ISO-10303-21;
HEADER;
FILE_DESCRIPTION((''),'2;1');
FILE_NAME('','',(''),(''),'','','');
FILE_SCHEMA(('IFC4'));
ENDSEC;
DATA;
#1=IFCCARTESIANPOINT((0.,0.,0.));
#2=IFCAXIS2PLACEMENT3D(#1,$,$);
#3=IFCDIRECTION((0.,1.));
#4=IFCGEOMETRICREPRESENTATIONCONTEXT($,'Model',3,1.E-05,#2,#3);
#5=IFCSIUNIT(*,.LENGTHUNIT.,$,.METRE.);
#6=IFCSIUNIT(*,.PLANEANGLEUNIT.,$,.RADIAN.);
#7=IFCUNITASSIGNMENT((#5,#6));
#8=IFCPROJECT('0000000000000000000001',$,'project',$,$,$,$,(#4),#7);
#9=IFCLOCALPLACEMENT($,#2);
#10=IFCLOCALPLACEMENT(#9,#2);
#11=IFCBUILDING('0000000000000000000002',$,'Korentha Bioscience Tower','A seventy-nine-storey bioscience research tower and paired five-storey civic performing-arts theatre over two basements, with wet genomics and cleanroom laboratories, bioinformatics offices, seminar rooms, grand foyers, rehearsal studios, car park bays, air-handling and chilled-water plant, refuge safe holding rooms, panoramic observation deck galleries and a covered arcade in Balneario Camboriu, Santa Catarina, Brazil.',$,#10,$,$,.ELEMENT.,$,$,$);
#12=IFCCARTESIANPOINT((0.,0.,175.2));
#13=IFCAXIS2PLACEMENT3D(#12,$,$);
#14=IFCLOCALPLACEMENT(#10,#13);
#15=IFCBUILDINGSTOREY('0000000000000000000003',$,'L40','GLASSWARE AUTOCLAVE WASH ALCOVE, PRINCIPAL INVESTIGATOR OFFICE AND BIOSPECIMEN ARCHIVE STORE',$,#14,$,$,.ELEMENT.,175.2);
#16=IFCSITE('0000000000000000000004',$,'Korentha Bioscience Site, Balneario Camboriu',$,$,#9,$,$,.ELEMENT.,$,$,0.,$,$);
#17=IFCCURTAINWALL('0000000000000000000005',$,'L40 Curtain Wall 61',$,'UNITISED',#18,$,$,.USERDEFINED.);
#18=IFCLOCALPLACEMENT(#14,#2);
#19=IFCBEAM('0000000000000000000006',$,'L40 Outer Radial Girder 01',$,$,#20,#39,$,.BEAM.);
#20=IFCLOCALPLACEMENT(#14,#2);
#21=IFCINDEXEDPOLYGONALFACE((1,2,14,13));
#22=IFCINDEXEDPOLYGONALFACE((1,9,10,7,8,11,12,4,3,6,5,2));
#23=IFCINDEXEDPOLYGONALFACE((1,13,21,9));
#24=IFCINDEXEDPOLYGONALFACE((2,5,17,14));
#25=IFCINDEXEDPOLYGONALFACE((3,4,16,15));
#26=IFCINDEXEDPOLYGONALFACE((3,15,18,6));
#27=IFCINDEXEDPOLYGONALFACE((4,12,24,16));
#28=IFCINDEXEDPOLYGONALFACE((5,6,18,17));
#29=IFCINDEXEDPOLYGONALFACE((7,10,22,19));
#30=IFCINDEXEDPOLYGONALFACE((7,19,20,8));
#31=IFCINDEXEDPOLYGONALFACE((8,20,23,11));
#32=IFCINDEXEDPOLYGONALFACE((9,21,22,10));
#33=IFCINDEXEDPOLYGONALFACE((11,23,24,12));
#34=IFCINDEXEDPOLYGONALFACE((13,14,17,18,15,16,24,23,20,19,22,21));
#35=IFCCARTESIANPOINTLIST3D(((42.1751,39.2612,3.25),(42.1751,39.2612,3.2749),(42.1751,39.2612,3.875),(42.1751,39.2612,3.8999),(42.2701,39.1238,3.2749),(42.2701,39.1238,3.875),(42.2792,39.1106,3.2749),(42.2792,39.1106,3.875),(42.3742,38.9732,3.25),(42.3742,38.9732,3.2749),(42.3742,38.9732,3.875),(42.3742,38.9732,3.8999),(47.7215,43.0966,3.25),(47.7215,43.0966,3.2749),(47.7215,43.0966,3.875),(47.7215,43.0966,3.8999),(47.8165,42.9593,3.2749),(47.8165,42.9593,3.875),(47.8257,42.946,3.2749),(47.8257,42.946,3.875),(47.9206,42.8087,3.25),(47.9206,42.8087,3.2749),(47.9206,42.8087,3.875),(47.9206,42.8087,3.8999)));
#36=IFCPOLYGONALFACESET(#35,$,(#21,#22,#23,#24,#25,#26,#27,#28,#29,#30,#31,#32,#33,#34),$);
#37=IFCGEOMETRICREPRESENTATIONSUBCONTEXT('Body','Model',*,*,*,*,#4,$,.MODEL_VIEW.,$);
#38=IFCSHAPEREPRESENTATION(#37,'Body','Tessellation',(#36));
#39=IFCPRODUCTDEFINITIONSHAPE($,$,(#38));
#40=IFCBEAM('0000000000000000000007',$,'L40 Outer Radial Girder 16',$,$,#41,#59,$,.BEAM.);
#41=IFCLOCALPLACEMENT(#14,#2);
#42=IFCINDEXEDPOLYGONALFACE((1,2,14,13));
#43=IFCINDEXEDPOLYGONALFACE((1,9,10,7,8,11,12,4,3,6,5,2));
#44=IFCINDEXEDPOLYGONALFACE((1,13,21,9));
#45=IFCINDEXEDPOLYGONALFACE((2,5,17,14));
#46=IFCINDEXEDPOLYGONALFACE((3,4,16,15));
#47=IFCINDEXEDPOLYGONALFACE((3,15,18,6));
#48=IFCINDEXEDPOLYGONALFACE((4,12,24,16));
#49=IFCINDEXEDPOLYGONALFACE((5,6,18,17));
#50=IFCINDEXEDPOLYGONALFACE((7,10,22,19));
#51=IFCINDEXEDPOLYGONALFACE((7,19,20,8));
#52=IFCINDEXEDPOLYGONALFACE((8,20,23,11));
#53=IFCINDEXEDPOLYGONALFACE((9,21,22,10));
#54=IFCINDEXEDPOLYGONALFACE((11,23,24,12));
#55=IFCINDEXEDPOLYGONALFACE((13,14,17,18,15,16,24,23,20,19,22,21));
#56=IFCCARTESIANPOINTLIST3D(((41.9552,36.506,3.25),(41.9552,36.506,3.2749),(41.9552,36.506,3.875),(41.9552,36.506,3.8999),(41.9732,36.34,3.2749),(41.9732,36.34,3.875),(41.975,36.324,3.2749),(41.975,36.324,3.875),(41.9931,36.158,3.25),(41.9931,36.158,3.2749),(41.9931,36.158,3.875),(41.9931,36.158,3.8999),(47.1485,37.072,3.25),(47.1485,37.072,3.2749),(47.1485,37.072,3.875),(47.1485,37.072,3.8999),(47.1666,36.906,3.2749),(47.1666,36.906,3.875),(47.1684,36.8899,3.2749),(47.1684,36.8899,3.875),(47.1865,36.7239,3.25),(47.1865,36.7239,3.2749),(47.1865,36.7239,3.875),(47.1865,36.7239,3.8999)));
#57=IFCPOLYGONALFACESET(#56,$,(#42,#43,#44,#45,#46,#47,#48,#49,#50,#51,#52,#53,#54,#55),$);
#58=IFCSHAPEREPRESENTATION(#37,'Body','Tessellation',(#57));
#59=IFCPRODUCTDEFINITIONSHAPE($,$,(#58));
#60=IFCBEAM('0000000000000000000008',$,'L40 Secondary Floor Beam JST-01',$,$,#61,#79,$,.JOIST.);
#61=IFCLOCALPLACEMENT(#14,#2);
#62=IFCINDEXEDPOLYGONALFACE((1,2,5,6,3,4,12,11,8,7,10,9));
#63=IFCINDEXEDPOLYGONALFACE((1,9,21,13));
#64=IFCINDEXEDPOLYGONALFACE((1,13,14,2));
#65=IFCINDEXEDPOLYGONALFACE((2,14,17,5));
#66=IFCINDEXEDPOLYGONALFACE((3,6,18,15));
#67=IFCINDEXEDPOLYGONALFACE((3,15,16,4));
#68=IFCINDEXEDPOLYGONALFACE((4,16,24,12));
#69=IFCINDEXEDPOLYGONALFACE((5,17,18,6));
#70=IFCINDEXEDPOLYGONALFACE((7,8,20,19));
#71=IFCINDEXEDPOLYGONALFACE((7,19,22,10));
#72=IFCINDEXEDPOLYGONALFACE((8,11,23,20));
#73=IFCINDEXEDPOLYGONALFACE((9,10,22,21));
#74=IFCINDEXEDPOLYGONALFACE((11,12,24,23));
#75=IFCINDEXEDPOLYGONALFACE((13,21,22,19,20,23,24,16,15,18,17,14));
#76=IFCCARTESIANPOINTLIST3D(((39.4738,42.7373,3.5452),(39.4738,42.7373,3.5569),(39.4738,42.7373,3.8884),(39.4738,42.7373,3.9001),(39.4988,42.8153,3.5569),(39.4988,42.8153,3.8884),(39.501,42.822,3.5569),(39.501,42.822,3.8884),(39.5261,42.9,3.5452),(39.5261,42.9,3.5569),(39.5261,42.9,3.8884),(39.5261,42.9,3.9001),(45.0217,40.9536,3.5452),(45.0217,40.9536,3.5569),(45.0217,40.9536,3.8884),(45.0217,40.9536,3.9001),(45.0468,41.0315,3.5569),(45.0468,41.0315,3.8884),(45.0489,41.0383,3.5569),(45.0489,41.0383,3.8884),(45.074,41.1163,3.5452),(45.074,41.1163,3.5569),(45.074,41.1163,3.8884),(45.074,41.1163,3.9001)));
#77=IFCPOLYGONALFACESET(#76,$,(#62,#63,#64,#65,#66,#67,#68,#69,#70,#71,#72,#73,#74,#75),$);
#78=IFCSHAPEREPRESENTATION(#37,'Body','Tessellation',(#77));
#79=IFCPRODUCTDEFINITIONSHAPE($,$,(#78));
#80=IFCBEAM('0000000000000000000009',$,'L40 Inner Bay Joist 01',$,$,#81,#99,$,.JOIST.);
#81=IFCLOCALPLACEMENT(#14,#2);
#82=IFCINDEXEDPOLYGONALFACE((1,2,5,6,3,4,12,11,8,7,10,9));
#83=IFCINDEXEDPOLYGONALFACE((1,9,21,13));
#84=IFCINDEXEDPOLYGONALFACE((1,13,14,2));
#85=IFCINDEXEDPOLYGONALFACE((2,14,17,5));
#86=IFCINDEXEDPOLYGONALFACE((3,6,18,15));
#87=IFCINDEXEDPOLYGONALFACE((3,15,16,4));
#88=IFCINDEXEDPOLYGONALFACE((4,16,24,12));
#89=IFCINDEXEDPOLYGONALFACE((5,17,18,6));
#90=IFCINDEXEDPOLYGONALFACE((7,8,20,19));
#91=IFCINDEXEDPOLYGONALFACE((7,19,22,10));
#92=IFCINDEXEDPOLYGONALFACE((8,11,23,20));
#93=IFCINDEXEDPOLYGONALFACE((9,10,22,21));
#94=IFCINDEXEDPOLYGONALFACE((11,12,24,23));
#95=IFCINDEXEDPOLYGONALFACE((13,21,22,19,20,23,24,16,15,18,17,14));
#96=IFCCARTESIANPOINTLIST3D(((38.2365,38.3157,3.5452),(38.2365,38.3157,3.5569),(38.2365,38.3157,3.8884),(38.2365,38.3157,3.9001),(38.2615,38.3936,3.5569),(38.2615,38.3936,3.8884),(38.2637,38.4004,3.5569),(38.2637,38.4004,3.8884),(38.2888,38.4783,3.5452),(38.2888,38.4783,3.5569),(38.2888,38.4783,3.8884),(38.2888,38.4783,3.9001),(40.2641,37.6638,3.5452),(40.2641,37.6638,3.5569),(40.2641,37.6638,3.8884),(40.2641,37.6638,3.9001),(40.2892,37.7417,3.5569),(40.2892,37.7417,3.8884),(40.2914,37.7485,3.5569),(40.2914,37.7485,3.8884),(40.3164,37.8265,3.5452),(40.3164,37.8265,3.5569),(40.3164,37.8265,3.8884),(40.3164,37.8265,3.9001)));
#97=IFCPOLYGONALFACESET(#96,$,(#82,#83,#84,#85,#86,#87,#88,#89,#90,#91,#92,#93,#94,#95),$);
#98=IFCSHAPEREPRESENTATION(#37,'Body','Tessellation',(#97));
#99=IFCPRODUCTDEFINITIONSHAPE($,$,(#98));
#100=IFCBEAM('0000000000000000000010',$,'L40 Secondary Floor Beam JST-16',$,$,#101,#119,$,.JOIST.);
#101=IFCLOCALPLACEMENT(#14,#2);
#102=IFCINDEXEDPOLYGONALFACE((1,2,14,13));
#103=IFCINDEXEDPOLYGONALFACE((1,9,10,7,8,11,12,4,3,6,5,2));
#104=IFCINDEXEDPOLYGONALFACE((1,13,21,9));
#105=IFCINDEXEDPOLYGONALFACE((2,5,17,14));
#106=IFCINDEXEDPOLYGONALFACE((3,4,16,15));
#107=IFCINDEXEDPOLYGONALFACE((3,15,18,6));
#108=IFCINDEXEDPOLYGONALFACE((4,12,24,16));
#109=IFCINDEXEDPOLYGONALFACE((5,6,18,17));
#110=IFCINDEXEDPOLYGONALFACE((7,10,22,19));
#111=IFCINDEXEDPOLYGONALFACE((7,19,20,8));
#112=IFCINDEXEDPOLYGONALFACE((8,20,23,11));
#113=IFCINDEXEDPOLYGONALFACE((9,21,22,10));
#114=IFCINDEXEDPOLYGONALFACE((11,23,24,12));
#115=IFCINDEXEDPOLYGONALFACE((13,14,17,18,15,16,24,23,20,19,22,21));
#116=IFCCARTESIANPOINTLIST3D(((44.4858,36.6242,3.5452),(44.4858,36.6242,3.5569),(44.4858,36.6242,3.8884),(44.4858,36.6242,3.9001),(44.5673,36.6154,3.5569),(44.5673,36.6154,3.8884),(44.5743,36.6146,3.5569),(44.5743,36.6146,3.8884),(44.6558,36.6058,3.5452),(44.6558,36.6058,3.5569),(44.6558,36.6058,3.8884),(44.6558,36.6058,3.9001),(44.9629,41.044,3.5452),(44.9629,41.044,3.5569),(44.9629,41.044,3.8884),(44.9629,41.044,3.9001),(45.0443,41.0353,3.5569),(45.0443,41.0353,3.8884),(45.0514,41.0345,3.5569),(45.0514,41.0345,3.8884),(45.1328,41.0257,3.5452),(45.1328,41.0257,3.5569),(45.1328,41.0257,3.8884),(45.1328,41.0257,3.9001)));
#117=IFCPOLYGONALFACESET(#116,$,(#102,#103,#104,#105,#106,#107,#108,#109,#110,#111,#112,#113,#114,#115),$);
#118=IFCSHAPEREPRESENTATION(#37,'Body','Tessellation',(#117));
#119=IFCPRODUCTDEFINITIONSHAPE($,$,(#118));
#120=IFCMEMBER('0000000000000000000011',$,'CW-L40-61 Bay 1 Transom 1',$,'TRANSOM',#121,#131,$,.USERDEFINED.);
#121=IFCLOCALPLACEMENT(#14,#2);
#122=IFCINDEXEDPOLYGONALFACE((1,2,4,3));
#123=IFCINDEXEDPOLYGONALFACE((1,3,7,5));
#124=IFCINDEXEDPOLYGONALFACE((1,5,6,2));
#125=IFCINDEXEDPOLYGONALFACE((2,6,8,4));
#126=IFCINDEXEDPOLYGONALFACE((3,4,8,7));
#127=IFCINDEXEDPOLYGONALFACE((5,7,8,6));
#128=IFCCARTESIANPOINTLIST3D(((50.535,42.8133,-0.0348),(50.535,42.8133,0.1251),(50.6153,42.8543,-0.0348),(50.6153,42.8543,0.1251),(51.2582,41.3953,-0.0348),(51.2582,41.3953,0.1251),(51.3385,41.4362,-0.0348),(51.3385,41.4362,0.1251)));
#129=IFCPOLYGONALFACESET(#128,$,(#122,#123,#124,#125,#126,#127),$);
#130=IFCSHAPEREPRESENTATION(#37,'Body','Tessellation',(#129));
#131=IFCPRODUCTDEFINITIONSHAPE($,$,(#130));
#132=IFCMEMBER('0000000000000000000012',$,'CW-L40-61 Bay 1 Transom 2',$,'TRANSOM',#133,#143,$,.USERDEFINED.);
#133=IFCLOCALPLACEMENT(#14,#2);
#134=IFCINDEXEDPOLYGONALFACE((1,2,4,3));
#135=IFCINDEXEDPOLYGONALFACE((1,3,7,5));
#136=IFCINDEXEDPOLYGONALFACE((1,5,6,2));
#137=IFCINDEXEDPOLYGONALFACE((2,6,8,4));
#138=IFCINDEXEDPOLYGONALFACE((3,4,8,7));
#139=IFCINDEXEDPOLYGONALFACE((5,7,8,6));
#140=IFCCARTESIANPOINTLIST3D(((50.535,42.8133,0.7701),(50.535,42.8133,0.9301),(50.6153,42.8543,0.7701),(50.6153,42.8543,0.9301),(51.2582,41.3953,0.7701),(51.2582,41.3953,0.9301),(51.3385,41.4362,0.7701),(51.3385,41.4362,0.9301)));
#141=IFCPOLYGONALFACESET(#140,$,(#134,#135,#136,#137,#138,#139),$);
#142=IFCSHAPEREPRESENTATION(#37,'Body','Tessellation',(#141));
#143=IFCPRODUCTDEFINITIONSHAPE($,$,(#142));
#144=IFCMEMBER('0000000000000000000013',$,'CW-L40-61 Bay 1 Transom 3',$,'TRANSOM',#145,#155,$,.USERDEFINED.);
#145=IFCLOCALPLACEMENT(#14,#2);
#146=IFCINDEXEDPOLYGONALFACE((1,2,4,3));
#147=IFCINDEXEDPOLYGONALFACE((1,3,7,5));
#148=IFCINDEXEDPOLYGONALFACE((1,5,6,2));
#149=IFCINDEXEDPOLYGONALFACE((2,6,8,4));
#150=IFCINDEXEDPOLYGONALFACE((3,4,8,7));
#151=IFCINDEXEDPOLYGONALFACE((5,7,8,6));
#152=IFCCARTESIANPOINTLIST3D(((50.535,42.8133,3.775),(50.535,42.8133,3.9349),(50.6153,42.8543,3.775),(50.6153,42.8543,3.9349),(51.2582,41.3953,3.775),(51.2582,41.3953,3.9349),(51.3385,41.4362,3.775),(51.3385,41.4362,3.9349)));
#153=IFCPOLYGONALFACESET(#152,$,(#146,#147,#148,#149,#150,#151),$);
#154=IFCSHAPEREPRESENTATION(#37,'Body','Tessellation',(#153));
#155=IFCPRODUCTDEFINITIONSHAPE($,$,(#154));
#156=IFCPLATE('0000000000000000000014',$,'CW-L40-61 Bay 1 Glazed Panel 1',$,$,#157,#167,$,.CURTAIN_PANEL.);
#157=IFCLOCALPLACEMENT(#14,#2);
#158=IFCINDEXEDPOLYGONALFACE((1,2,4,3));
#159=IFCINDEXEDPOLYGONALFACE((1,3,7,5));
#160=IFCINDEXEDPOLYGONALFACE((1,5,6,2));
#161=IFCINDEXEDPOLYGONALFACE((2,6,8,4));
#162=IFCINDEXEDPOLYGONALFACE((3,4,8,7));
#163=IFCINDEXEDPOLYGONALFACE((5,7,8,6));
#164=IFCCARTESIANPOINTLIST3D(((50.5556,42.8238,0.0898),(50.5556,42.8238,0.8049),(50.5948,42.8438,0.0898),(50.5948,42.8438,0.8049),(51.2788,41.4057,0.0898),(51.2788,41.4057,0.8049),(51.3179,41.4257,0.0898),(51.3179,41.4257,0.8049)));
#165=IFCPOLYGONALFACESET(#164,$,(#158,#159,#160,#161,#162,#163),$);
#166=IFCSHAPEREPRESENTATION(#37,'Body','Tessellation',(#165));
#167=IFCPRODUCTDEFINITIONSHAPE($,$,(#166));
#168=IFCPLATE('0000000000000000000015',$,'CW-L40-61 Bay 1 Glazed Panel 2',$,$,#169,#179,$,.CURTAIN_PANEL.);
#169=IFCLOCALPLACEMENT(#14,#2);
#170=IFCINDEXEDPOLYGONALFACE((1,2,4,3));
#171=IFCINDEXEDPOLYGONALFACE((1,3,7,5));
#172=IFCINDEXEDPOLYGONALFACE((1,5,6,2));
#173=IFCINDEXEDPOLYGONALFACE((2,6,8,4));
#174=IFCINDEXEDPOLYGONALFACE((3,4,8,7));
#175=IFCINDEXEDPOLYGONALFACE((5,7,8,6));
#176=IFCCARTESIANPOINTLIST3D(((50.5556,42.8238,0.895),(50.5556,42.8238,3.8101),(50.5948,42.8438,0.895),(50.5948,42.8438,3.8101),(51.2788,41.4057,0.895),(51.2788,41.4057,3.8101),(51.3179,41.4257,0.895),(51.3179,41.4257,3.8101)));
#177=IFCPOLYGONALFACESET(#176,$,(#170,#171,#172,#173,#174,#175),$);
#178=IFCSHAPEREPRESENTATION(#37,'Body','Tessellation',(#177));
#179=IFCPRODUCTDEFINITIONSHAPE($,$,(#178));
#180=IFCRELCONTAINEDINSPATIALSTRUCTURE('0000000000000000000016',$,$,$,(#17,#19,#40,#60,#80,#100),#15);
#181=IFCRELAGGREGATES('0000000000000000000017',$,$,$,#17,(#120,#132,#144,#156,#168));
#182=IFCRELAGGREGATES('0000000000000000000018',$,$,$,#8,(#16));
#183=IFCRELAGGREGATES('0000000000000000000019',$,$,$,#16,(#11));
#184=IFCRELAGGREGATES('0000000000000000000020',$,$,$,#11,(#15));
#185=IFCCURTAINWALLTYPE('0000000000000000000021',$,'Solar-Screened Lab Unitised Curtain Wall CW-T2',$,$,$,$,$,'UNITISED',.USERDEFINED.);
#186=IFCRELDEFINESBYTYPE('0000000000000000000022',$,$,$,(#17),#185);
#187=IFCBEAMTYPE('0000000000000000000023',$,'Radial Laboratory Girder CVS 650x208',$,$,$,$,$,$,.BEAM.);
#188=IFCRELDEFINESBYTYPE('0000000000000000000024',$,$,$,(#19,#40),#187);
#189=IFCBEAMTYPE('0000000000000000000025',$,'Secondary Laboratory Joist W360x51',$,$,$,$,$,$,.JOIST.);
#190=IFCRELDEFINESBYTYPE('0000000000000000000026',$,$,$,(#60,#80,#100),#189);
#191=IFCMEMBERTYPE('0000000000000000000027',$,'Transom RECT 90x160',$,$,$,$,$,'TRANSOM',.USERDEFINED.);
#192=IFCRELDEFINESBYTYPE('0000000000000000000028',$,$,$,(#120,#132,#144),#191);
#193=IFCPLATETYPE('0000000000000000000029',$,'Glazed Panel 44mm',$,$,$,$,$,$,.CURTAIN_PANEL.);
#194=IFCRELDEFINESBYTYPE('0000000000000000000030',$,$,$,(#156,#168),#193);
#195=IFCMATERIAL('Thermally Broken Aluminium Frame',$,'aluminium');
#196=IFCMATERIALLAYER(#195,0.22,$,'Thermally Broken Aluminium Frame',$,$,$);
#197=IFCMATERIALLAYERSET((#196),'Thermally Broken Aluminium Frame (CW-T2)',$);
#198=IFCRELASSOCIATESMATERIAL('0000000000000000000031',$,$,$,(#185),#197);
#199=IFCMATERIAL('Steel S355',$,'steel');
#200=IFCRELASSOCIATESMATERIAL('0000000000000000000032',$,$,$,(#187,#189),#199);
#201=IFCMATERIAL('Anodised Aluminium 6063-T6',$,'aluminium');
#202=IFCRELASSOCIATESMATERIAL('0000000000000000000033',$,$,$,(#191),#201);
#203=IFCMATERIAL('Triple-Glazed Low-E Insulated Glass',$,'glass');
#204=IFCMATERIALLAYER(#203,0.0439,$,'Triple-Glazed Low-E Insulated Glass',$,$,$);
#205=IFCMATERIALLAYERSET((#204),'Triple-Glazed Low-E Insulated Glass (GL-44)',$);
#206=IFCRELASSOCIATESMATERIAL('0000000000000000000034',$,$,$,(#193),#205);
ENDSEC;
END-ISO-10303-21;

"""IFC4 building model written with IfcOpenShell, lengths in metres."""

from ifc_helpers import new_model, si_unit, direction, frame, origin, origin_2d, place, context, subcontext, project, spatial, rectangle, i_section, extrude, material, layer, layer_set, material_profile, profile_set, type_object, element, aggregate, save


model = new_model("IFC4")

# Units and contexts
model_context = context("Model", 3, precision=1e-05, world=origin(), true_north=direction((0.0, 1.0)))
body_context = subcontext(model_context, "Body", "Model", "MODEL_VIEW")
ifc_project = project(units=[si_unit("LENGTHUNIT", "METRE"), si_unit("PLANEANGLEUNIT", "RADIAN")], contexts=[model_context])

# Site, building, storey
site_placement = place(None, origin())
site = spatial("IfcSite", under=ifc_project, at=site_placement, Name="Korentha Bioscience Site, Balneario Camboriu", CompositionType="ELEMENT", RefElevation=0.0)
building_placement = place(site_placement, origin())
building = spatial("IfcBuilding", under=site, at=building_placement, Name="Korentha Bioscience Tower", Description="A seventy-nine-storey bioscience research tower and paired five-storey civic performing-arts theatre over two basements, with wet genomics and cleanroom laboratories, bioinformatics offices, seminar rooms, grand foyers, rehearsal studios, car park bays, air-handling and chilled-water plant, refuge safe holding rooms, panoramic observation deck galleries and a covered arcade in Balneario Camboriu, Santa Catarina, Brazil.", CompositionType="ELEMENT")
storey_placement = place(building_placement, frame((0.0, 0.0, 175.2)))
storey = spatial("IfcBuildingStorey", under=building, at=storey_placement, Name="L40", Description="GLASSWARE AUTOCLAVE WASH ALCOVE, PRINCIPAL INVESTIGATOR OFFICE AND BIOSPECIMEN ARCHIVE STORE", CompositionType="ELEMENT", Elevation=175.2)

# Shared definitions
ifc_material_1 = material(Name="Steel S355", Category="steel")

# Curtain wall
ifc_material_2 = material(Name="Thermally Broken Aluminium Frame", Category="aluminium")
ifc_layer_1 = layer(ifc_material_2, 0.22, Name="Thermally Broken Aluminium Frame")
ifc_layer_set_1 = layer_set([ifc_layer_1], Name="Thermally Broken Aluminium Frame (CW-T2)")
curtain_wall_type = type_object("IfcCurtainWallType", Name="Solar-Screened Lab Unitised Curtain Wall CW-T2", ElementType="UNITISED", PredefinedType="USERDEFINED", material=ifc_layer_set_1)
curtain_wall_placement = place(storey_placement, origin())
curtain_wall = element("IfcCurtainWall", 1, at=curtain_wall_placement, inside=storey, type_object=curtain_wall_type, Name="L40 Curtain Wall 61", ObjectType="UNITISED", PredefinedType="USERDEFINED")
ifc_material_3 = material(Name="Anodised Aluminium 6063-T6", Category="aluminium")

# Beams
ifc_material_profile_1 = material_profile(ifc_material_1, i_section(OverallWidth=0.3501, OverallDepth=0.6499, WebThickness=0.0161, FlangeThickness=0.0249, at=origin_2d()), Name="Steel S355")
ifc_profile_set_1 = profile_set([ifc_material_profile_1], Name="Steel S355 (RB-650)")
beam_type_1 = type_object("IfcBeamType", Name="Radial Laboratory Girder CVS 650x208", PredefinedType="BEAM", material=ifc_profile_set_1)
beam_1_placement = place(storey_placement, frame((42.2747, 39.1172, 3.575), z_axis=(0.822494, 0.568773, 0.0), x_axis=(-0.568773, 0.822494, 0.0)))
element("IfcBeam", 2, at=beam_1_placement, inside=storey, type_object=beam_type_1, Name="L40 Outer Radial Girder 01", PredefinedType="BEAM", context=body_context, shape_type="SweptSolid", body=[
    extrude(i_section(OverallWidth=0.3501, OverallDepth=0.6499, WebThickness=0.0161, FlangeThickness=0.0249, at=origin_2d()), origin(), (0.0, 0.0, 1.0), 6.7434),
])
beam_2_placement = place(storey_placement, frame((41.9741, 36.332, 3.575), z_axis=(0.994115, 0.108328, 0.0), x_axis=(-0.108328, 0.994115, 0.0)))
element("IfcBeam", 3, at=beam_2_placement, inside=storey, type_object=beam_type_1, Name="L40 Outer Radial Girder 16", PredefinedType="BEAM", context=body_context, shape_type="SweptSolid", body=[
    extrude(i_section(OverallWidth=0.3501, OverallDepth=0.6499, WebThickness=0.0161, FlangeThickness=0.0249, at=origin_2d()), origin(), (0.0, 0.0, 1.0), 5.2241),
])
ifc_material_profile_2 = material_profile(ifc_material_1, i_section(OverallWidth=0.1709, OverallDepth=0.355, WebThickness=0.0071, FlangeThickness=0.0117, at=origin_2d()), Name="Steel S355")
ifc_profile_set_2 = profile_set([ifc_material_profile_2], Name="Steel S355 (JB-360)")
beam_type_2 = type_object("IfcBeamType", Name="Secondary Laboratory Joist W360x51", PredefinedType="JOIST", material=ifc_profile_set_2)
beam_3_placement = place(storey_placement, frame((45.0479, 41.0349, 3.7227), z_axis=(-0.952006, 0.30608, 0.0), x_axis=(-0.30608, -0.952006, 0.0)))
element("IfcBeam", 4, at=beam_3_placement, inside=storey, type_object=beam_type_2, Name="L40 Secondary Floor Beam JST-01", PredefinedType="JOIST", context=body_context, shape_type="SweptSolid", body=[
    extrude(i_section(OverallWidth=0.1709, OverallDepth=0.355, WebThickness=0.0071, FlangeThickness=0.0117, at=origin_2d()), origin(), (0.0, 0.0, 1.0), 5.8276),
])
beam_4_placement = place(storey_placement, frame((40.2903, 37.7451, 3.7227), z_axis=(-0.952011, 0.306065, 0.0), x_axis=(-0.306065, -0.952011, 0.0)))
element("IfcBeam", 5, at=beam_4_placement, inside=storey, type_object=beam_type_2, Name="L40 Inner Bay Joist 01", PredefinedType="JOIST", context=body_context, shape_type="SweptSolid", body=[
    extrude(i_section(OverallWidth=0.1709, OverallDepth=0.355, WebThickness=0.0071, FlangeThickness=0.0117, at=origin_2d()), origin(), (0.0, 0.0, 1.0), 2.1299),
])
beam_5_placement = place(storey_placement, frame((44.5708, 36.615, 3.7227), z_axis=(0.107309, 0.994226, 0.0), x_axis=(-0.994226, 0.107309, 0.0)))
element("IfcBeam", 6, at=beam_5_placement, inside=storey, type_object=beam_type_2, Name="L40 Secondary Floor Beam JST-16", PredefinedType="JOIST", context=body_context, shape_type="SweptSolid", body=[
    extrude(i_section(OverallWidth=0.1709, OverallDepth=0.355, WebThickness=0.0071, FlangeThickness=0.0117, at=origin_2d()), origin(), (0.0, 0.0, 1.0), 4.4456),
])

# Members
ifc_material_profile_3 = material_profile(ifc_material_3, rectangle(XDim=0.0901, YDim=0.1599, at=origin_2d()), Name="Anodised Aluminium 6063-T6")
ifc_profile_set_3 = profile_set([ifc_material_profile_3], Name="Anodised Aluminium 6063-T6 (CW-TRN)")
member_type_1 = type_object("IfcMemberType", Name="Transom RECT 90x160", ElementType="TRANSOM", PredefinedType="USERDEFINED", material=ifc_profile_set_3)
member_1_placement = place(storey_placement, frame((51.2983, 41.4158, 0.0452), z_axis=(-0.454316, 0.89084, 0.0), x_axis=(-0.89084, -0.454316, 0.0)))
member_1 = element("IfcMember", 7, at=member_1_placement, type_object=member_type_1, Name="CW-L40-61 Bay 1 Transom 1", ObjectType="TRANSOM", PredefinedType="USERDEFINED", context=body_context, shape_type="SweptSolid", body=[
    extrude(rectangle(XDim=0.0901, YDim=0.1599, at=origin_2d()), origin(), (0.0, 0.0, 1.0), 1.5918),
])
member_2_placement = place(storey_placement, frame((51.2983, 41.4158, 0.8501), z_axis=(-0.454316, 0.89084, 0.0), x_axis=(-0.89084, -0.454316, 0.0)))
member_2 = element("IfcMember", 8, at=member_2_placement, type_object=member_type_1, Name="CW-L40-61 Bay 1 Transom 2", ObjectType="TRANSOM", PredefinedType="USERDEFINED", context=body_context, shape_type="SweptSolid", body=[
    extrude(rectangle(XDim=0.0901, YDim=0.1599, at=origin_2d()), origin(), (0.0, 0.0, 1.0), 1.5918),
])
member_3_placement = place(storey_placement, frame((51.2983, 41.4158, 3.855), z_axis=(-0.454316, 0.89084, 0.0), x_axis=(-0.89084, -0.454316, 0.0)))
member_3 = element("IfcMember", 9, at=member_3_placement, type_object=member_type_1, Name="CW-L40-61 Bay 1 Transom 3", ObjectType="TRANSOM", PredefinedType="USERDEFINED", context=body_context, shape_type="SweptSolid", body=[
    extrude(rectangle(XDim=0.0901, YDim=0.1599, at=origin_2d()), origin(), (0.0, 0.0, 1.0), 1.5918),
])

# Plates
ifc_material_4 = material(Name="Triple-Glazed Low-E Insulated Glass", Category="glass")
ifc_layer_2 = layer(ifc_material_4, 0.0439, Name="Triple-Glazed Low-E Insulated Glass")
ifc_layer_set_2 = layer_set([ifc_layer_2], Name="Triple-Glazed Low-E Insulated Glass (GL-44)")
plate_type = type_object("IfcPlateType", Name="Glazed Panel 44mm", PredefinedType="CURTAIN_PANEL", material=ifc_layer_set_2)
plate_1_placement = place(storey_placement, frame((50.9368, 42.1248, 0.0898), z_axis=(0.0, 0.0, 1.0), x_axis=(-0.454288, 0.890855, 0.0)))
plate_1 = element("IfcPlate", 10, at=plate_1_placement, type_object=plate_type, Name="CW-L40-61 Bay 1 Glazed Panel 1", PredefinedType="CURTAIN_PANEL", context=body_context, shape_type="SweptSolid", body=[
    extrude(rectangle(XDim=1.5918, YDim=0.0439, at=origin_2d()), origin(), (0.0, 0.0, 1.0), 0.7151),
])
plate_2_placement = place(storey_placement, frame((50.9368, 42.1248, 0.895), z_axis=(0.0, 0.0, 1.0), x_axis=(-0.454288, 0.890855, 0.0)))
plate_2 = element("IfcPlate", 11, at=plate_2_placement, type_object=plate_type, Name="CW-L40-61 Bay 1 Glazed Panel 2", PredefinedType="CURTAIN_PANEL", context=body_context, shape_type="SweptSolid", body=[
    extrude(rectangle(XDim=1.5918, YDim=0.0439, at=origin_2d()), origin(), (0.0, 0.0, 1.0), 2.915),
])
aggregate(curtain_wall, [member_1, member_2, member_3, plate_1, plate_2])

save(model, "model.ifc")
